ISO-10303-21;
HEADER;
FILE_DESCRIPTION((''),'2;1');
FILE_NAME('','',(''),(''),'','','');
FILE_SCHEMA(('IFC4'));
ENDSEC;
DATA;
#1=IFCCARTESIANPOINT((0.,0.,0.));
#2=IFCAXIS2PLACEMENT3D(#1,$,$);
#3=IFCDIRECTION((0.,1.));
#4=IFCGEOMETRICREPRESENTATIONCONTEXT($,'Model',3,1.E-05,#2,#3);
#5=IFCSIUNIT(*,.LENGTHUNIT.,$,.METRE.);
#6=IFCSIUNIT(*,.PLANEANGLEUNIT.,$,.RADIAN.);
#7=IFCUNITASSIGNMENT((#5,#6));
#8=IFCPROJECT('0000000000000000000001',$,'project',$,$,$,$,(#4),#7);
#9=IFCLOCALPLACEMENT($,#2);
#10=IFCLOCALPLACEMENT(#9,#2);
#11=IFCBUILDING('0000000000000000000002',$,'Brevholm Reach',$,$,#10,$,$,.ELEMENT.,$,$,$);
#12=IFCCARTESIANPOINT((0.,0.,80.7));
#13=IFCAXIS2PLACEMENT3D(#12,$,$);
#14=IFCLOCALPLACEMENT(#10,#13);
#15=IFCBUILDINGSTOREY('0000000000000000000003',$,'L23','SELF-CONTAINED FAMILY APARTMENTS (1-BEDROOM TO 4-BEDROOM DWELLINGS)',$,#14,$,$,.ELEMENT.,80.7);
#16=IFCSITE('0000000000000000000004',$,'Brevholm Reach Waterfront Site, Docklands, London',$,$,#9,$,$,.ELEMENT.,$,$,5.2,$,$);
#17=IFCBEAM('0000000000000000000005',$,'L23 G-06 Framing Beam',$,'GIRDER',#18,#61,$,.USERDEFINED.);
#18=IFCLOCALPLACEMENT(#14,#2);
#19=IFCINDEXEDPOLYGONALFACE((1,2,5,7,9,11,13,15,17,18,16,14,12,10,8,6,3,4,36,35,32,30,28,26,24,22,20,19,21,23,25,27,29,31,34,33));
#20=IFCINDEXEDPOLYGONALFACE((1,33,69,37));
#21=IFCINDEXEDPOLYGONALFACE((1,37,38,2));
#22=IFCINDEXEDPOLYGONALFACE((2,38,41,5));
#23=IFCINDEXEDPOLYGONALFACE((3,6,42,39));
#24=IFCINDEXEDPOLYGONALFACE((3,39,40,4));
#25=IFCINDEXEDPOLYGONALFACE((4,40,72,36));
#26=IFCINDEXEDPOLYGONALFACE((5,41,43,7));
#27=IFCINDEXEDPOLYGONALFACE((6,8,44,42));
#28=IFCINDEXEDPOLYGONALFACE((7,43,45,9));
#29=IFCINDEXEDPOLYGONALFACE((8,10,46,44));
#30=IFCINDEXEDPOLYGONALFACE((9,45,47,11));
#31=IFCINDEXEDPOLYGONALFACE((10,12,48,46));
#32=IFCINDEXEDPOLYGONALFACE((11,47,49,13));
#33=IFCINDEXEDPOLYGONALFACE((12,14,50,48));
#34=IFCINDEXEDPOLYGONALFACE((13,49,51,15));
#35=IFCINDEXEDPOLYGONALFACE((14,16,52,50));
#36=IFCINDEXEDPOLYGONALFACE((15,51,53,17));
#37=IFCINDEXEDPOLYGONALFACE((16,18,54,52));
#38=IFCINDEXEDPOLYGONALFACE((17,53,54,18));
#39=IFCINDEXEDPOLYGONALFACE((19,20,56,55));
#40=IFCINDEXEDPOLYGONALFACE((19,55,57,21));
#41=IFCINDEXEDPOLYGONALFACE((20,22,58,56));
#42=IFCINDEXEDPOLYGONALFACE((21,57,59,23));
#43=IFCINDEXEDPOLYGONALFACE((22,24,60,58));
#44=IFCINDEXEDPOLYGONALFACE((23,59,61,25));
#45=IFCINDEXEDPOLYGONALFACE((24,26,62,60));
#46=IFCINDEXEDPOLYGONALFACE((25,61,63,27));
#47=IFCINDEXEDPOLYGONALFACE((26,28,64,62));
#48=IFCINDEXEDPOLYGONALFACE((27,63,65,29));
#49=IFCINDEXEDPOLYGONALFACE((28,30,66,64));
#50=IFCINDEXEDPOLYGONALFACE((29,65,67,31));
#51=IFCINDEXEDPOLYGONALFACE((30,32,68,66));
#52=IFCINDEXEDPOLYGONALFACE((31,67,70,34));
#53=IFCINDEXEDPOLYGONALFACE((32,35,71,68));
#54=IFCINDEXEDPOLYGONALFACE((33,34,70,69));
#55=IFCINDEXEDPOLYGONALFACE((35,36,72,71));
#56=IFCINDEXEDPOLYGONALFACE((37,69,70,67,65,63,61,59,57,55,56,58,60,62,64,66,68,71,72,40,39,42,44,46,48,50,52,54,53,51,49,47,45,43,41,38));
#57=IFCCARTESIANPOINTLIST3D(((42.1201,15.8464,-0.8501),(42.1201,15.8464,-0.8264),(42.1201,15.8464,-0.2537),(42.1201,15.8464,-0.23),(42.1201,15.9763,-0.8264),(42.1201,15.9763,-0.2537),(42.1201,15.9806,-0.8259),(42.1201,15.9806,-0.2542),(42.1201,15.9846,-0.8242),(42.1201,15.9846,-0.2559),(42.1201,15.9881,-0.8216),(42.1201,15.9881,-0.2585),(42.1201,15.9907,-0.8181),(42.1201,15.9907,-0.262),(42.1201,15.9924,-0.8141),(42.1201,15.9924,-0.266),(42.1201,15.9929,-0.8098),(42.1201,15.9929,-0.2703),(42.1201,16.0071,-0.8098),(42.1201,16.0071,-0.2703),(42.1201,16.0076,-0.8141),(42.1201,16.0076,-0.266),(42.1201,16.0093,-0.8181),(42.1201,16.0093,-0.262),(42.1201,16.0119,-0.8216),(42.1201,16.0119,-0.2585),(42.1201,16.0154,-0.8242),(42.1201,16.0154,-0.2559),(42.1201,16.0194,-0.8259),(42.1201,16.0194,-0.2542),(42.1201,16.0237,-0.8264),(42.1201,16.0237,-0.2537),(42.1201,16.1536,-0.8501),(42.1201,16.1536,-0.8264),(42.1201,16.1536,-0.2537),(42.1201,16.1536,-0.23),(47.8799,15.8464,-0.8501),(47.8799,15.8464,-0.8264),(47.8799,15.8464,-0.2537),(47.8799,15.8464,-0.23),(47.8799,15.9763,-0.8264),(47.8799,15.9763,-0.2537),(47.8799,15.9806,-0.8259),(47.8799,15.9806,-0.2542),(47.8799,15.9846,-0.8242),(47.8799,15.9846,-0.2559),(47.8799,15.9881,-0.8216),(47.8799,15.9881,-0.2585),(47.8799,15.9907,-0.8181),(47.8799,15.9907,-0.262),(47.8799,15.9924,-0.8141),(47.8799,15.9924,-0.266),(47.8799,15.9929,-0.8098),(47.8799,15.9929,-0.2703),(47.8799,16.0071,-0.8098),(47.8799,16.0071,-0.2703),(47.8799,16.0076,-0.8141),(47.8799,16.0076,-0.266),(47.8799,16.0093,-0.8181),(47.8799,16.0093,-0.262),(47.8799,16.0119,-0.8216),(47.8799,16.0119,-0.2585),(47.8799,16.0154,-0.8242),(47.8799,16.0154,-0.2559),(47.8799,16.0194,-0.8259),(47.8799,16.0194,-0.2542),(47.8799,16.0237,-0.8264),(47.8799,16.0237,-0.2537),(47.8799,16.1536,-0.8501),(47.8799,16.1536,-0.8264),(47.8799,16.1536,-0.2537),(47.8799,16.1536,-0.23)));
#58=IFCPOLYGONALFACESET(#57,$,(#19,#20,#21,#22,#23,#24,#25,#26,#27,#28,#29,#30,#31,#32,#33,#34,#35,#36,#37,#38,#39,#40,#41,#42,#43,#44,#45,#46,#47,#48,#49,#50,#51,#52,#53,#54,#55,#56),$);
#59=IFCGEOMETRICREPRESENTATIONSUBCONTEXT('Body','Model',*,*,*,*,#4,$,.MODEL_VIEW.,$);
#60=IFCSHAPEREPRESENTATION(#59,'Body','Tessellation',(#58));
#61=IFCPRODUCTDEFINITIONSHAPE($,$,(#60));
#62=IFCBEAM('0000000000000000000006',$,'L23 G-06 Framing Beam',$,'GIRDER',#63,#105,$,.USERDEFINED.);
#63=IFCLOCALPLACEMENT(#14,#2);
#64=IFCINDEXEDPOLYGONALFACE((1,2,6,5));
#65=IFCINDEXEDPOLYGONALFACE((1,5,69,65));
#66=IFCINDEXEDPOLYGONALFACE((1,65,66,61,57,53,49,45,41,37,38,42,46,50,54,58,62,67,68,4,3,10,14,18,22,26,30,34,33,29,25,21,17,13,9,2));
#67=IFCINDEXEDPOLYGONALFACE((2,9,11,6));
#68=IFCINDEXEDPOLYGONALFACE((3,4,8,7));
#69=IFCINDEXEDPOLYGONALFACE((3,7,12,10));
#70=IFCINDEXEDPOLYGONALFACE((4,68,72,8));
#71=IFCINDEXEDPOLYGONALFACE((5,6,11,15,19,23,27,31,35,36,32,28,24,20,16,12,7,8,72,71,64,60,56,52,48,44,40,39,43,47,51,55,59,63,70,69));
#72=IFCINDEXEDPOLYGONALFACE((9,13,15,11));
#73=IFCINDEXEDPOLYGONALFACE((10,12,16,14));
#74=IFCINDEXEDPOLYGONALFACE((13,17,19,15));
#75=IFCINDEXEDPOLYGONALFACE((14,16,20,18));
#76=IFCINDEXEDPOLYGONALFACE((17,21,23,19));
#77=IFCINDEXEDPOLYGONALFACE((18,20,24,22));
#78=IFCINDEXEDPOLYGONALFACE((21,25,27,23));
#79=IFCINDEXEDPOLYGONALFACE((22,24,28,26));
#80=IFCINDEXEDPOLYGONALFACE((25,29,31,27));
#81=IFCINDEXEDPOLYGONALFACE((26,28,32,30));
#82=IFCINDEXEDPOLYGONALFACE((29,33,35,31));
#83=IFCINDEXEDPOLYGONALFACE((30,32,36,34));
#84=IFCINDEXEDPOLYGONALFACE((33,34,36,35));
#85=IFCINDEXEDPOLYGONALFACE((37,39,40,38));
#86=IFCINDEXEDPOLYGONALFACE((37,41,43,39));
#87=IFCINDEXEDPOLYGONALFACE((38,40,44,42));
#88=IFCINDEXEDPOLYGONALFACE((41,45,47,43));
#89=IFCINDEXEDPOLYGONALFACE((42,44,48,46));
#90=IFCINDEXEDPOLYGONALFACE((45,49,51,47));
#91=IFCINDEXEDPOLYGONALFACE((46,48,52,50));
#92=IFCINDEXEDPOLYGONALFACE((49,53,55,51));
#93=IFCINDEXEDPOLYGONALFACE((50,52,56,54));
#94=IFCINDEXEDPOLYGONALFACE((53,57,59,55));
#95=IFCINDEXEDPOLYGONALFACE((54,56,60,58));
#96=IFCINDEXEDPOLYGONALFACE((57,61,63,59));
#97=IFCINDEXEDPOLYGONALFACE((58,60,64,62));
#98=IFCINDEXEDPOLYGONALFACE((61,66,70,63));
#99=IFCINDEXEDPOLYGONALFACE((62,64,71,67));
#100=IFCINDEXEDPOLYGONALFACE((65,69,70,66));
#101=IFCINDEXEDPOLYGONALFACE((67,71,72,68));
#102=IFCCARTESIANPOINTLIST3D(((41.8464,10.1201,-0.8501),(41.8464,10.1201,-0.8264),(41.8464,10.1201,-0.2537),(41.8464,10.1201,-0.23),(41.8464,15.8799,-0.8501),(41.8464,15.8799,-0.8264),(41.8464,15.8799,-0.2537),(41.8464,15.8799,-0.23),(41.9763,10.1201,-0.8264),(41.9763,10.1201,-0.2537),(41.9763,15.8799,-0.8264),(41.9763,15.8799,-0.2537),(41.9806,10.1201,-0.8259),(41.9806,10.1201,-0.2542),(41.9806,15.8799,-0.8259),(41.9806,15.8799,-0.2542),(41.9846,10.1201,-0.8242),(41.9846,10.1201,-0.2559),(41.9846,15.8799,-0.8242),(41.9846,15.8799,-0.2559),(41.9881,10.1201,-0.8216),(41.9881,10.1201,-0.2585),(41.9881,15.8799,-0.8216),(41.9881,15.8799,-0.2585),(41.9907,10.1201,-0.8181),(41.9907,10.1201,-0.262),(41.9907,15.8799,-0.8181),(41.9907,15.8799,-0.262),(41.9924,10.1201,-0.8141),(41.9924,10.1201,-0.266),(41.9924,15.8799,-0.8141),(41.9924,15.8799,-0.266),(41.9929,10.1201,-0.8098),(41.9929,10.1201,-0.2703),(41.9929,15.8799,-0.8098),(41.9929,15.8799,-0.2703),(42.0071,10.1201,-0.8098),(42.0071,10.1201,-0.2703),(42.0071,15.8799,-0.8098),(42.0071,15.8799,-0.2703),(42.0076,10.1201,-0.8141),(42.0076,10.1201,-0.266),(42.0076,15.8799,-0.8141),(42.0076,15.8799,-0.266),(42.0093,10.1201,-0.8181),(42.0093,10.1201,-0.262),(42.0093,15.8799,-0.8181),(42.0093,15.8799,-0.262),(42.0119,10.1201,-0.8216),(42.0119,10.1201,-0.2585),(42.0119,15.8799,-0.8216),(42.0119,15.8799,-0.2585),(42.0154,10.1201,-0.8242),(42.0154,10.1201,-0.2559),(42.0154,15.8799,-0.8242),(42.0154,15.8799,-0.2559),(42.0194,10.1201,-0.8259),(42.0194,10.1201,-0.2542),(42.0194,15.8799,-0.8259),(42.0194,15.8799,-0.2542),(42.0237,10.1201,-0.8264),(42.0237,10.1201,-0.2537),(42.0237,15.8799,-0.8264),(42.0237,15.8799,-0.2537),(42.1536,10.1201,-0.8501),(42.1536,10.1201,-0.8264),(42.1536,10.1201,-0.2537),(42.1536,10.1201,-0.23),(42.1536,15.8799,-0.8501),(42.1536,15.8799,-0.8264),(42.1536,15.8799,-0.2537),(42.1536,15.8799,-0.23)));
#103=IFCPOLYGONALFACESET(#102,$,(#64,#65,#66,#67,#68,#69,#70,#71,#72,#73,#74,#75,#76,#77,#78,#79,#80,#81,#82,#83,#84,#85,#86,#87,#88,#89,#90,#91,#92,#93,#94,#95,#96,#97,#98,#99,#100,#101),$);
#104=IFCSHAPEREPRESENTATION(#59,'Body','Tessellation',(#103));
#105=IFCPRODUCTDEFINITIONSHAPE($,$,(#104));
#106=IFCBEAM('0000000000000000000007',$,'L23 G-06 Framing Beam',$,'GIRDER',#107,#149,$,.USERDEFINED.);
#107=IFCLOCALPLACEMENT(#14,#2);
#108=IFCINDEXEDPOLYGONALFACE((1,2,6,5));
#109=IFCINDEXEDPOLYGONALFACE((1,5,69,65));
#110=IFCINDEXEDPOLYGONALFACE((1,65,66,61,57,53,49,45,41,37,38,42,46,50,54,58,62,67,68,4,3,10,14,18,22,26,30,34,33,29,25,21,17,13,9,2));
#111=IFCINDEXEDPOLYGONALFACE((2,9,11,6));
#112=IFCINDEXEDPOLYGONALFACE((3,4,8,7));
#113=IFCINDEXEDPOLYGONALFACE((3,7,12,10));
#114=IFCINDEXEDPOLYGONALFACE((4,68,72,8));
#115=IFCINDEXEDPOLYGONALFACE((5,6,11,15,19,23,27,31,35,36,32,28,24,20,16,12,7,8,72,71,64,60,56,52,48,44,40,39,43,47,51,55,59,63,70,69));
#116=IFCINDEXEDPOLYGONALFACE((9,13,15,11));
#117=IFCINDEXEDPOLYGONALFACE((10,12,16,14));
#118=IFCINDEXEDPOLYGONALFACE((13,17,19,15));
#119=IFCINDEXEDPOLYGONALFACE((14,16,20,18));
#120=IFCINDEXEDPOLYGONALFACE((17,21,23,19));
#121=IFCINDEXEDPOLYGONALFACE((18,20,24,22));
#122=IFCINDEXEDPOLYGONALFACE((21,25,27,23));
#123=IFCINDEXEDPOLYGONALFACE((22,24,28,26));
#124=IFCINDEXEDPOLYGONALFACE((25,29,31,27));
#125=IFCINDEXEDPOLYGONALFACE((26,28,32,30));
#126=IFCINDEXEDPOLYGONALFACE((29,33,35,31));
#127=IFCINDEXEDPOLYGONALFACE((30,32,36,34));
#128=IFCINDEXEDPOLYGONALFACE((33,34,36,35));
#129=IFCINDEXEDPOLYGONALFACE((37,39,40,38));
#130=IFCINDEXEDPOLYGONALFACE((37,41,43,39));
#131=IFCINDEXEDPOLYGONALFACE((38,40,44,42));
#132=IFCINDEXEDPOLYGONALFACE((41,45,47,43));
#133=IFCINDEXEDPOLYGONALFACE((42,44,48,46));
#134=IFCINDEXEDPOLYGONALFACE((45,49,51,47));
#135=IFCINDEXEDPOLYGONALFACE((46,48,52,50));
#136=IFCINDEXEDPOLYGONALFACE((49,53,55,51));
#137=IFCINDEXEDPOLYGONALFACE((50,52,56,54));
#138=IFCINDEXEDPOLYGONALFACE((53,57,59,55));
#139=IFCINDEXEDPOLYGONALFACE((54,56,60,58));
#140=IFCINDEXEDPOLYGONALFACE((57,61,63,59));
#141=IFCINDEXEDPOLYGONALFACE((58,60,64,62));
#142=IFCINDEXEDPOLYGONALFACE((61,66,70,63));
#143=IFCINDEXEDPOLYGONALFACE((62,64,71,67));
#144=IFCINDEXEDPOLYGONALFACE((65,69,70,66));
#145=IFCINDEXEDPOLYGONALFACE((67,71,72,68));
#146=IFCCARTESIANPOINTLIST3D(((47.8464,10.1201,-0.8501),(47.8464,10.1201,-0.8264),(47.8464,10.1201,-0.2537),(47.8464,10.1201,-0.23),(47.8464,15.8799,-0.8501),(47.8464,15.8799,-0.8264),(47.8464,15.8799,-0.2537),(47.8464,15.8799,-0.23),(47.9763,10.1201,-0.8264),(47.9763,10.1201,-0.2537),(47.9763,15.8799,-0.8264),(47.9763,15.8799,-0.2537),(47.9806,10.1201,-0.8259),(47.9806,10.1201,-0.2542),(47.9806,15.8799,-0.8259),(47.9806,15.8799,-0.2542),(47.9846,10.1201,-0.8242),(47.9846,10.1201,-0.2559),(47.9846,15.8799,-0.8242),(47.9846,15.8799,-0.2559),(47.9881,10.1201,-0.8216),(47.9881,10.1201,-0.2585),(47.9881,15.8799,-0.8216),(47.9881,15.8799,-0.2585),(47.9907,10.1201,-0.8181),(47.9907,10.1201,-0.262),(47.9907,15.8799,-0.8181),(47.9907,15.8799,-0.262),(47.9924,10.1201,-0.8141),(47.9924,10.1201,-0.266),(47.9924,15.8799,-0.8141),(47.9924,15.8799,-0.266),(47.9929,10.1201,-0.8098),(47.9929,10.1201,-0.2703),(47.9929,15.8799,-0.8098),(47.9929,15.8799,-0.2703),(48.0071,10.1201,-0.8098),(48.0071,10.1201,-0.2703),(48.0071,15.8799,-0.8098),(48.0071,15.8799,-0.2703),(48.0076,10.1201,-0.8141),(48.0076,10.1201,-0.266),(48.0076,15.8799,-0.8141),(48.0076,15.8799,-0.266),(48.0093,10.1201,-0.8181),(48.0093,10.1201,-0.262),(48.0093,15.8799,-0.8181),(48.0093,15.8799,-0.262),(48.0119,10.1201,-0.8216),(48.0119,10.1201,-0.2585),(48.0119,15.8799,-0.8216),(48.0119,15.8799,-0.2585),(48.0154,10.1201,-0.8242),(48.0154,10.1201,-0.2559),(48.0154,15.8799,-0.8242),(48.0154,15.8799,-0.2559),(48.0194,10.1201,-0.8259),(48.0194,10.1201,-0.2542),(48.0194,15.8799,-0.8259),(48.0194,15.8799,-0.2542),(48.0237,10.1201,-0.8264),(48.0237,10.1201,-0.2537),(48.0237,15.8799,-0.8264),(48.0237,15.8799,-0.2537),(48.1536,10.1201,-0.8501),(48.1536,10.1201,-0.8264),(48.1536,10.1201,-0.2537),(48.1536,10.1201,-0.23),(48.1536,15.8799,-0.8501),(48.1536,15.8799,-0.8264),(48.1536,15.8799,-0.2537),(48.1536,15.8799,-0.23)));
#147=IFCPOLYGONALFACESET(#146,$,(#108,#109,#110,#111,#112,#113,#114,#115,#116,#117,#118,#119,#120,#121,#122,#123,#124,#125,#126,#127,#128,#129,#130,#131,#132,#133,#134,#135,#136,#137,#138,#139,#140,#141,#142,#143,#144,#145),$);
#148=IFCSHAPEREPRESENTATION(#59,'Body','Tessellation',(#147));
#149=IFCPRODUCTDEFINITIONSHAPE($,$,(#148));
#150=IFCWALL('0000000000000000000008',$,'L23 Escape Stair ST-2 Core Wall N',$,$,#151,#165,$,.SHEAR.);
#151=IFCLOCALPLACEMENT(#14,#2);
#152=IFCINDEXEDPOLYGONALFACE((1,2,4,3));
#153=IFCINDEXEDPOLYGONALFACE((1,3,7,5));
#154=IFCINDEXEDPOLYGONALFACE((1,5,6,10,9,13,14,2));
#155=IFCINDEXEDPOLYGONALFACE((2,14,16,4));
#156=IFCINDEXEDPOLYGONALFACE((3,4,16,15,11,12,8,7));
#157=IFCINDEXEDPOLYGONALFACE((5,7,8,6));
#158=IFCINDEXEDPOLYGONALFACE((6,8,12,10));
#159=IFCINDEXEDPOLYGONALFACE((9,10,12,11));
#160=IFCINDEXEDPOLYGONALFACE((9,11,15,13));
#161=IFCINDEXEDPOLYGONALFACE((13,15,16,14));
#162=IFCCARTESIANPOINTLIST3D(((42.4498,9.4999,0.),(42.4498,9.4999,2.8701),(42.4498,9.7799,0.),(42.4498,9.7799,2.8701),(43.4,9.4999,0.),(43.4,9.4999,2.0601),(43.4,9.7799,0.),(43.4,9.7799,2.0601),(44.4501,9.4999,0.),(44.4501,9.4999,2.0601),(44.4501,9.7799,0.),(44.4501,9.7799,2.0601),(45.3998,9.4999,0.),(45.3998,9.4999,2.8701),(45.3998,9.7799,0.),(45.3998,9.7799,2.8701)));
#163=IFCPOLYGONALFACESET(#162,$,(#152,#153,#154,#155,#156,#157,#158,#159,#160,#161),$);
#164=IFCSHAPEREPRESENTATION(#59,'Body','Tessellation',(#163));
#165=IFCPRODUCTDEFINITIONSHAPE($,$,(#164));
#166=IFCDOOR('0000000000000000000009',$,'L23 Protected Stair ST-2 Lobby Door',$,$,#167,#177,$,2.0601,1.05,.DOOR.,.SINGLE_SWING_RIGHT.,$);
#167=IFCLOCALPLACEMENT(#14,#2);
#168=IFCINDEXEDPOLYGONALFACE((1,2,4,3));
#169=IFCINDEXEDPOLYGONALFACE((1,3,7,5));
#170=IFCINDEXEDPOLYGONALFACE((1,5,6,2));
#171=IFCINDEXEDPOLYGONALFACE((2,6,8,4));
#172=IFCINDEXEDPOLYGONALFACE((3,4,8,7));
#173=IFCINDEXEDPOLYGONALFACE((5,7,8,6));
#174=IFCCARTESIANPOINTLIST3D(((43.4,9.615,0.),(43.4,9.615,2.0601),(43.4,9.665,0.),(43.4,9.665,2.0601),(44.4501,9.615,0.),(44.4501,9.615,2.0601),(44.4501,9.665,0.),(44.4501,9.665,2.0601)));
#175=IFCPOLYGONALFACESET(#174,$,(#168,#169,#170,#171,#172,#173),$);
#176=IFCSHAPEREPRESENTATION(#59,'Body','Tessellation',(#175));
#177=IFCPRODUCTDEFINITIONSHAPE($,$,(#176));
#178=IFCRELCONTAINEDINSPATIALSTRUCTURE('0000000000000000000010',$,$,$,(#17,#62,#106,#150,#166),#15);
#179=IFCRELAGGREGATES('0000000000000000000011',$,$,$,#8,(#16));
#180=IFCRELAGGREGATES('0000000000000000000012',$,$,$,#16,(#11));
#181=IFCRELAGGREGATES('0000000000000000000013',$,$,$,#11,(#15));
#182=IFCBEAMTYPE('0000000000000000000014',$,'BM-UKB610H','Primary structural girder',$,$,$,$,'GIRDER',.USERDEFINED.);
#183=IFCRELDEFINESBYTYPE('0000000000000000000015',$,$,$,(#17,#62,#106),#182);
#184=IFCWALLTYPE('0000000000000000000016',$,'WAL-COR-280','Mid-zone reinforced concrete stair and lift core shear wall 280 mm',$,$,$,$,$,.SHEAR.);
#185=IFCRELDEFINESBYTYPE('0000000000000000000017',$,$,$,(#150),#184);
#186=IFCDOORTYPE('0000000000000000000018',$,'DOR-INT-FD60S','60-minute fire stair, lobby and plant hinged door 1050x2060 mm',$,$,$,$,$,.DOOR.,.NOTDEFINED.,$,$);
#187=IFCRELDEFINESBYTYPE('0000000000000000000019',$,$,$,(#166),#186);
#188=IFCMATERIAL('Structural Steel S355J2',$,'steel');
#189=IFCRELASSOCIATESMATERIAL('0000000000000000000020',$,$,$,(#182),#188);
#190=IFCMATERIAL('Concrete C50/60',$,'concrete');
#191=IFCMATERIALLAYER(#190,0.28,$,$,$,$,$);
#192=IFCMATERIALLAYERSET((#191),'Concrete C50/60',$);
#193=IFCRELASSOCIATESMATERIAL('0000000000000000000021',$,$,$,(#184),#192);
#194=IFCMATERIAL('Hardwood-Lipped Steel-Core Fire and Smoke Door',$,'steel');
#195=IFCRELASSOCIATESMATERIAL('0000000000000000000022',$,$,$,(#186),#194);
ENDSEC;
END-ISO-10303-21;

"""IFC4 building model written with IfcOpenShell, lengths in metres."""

from ifc_helpers import new_model, si_unit, direction, frame, frame_2d, origin, origin_2d, place, context, subcontext, project, spatial, rectangle, i_section, extrude, material, layer, layer_set, material_profile, profile_set, type_object, element, fill, save


model = new_model("IFC4")

# Units and contexts
model_context = context("Model", 3, precision=1e-05, world=origin(), true_north=direction((0.0, 1.0)))
body_context = subcontext(model_context, "Body", "Model", "MODEL_VIEW")
ifc_project = project(units=[si_unit("LENGTHUNIT", "METRE"), si_unit("PLANEANGLEUNIT", "RADIAN")], contexts=[model_context])

# Site, building, storey
site_placement = place(None, origin())
site = spatial("IfcSite", under=ifc_project, at=site_placement, Name="Brevholm Reach Waterfront Site, Docklands, London", CompositionType="ELEMENT", RefElevation=5.2)
building_placement = place(site_placement, origin())
building = spatial("IfcBuilding", under=site, at=building_placement, Name="Brevholm Reach", CompositionType="ELEMENT")
storey_placement = place(building_placement, frame((0.0, 0.0, 80.7)))
storey = spatial("IfcBuildingStorey", under=building, at=storey_placement, Name="L23", Description="SELF-CONTAINED FAMILY APARTMENTS (1-BEDROOM TO 4-BEDROOM DWELLINGS)", CompositionType="ELEMENT", Elevation=80.7)

# Beams
ifc_material_1 = material(Name="Structural Steel S355J2", Category="steel")
ifc_material_profile_1 = material_profile(ifc_material_1, i_section(OverallWidth=0.3071, OverallDepth=0.6201, WebThickness=0.0142, FlangeThickness=0.0237, FilletRadius=0.0166, at=origin_2d()), Name="UKB 610x305x179")
ifc_profile_set_1 = profile_set([ifc_material_profile_1], Name="Structural Steel S355J2")
beam_type = type_object("IfcBeamType", Name="BM-UKB610H", Description="Primary structural girder", ElementType="GIRDER", PredefinedType="USERDEFINED", material=ifc_profile_set_1)
for number, where, z_axis, x_axis, name in (
    (1, (42.1201, 16.0, -0.54), (1.0, 0.0, 0.0), (0.0, 1.0, 0.0), "L23 G-06 Framing Beam"),
    (2, (42.0, 10.1201, -0.54), (0.0, 1.0, 0.0), (-1.0, 0.0, 0.0), "L23 G-06 Framing Beam"),
    (3, (48.0, 10.1201, -0.54), (0.0, 1.0, 0.0), (-1.0, 0.0, 0.0), "L23 G-06 Framing Beam"),
):
    element("IfcBeam", number, at=place(storey_placement, frame(where, z_axis=z_axis, x_axis=x_axis)), inside=storey, type_object=beam_type, Name=name, ObjectType="GIRDER", PredefinedType="USERDEFINED", context=body_context, shape_type="SweptSolid", body=[
        extrude(i_section(OverallWidth=0.3071, OverallDepth=0.6201, WebThickness=0.0142, FlangeThickness=0.0237, FilletRadius=0.0166, at=origin_2d()), origin(), (0.0, 0.0, 1.0), 5.7598),
    ])

# Wall, opening, door
ifc_material_2 = material(Name="Concrete C50/60", Category="concrete")
ifc_layer_1 = layer(ifc_material_2, 0.28)
ifc_layer_set_1 = layer_set([ifc_layer_1], Name="Concrete C50/60")
wall_type_1 = type_object("IfcWallType", Name="WAL-COR-280", Description="Mid-zone reinforced concrete stair and lift core shear wall 280 mm", PredefinedType="SHEAR", material=ifc_layer_set_1)
wall_1_placement = place(storey_placement, frame((45.3999, 9.6399, 0.0), z_axis=(0.0, 0.0, 1.0), x_axis=(-1.0, 0.0, 0.0)))
wall_1 = element("IfcWall", 4, at=wall_1_placement, inside=storey, type_object=wall_type_1, Name="L23 Escape Stair ST-2 Core Wall N", PredefinedType="SHEAR", context=body_context, shape_type="SweptSolid", body=[
    extrude(rectangle(XDim=2.95, YDim=0.28, at=frame_2d((1.4751, 0.0))), origin(), (0.0, 0.0, 1.0), 2.8701),
])
opening_1_placement = place(wall_1_placement, frame((0.95, 0.0, 0.0)))
opening_1 = element("IfcOpeningElement", 5, at=opening_1_placement, cuts=wall_1, PredefinedType="OPENING", context=body_context, shape_type="SweptSolid", body=[
    extrude(rectangle(XDim=1.05, YDim=2.0601, at=frame_2d((0.5249, 1.03))), frame((0.0, 0.1499, 0.0), z_axis=(0.0, -1.0, 0.0), x_axis=(1.0, 0.0, 0.0)), (0.0, 0.0, 1.0), 0.3),
])
ifc_material_3 = material(Name="Hardwood-Lipped Steel-Core Fire and Smoke Door", Category="steel")
door_type_1 = type_object("IfcDoorType", Name="DOR-INT-FD60S", Description="60-minute fire stair, lobby and plant hinged door 1050x2060 mm", OperationType="NOTDEFINED", PredefinedType="DOOR", material=ifc_material_3)
door_1_placement = place(opening_1_placement, origin())
door_1 = element("IfcDoor", 6, at=door_1_placement, inside=storey, type_object=door_type_1, Name="L23 Protected Stair ST-2 Lobby Door", OperationType="SINGLE_SWING_RIGHT", OverallHeight=2.0601, OverallWidth=1.05, PredefinedType="DOOR", context=body_context, shape_type="SweptSolid", body=[
    extrude(rectangle(XDim=1.05, YDim=2.0601, at=frame_2d((0.5249, 1.03))), frame((0.0, 0.0249, 0.0), z_axis=(0.0, -1.0, 0.0), x_axis=(1.0, 0.0, 0.0)), (0.0, 0.0, 1.0), 0.05),
])
fill(opening_1, door_1)

save(model, "model.ifc")
